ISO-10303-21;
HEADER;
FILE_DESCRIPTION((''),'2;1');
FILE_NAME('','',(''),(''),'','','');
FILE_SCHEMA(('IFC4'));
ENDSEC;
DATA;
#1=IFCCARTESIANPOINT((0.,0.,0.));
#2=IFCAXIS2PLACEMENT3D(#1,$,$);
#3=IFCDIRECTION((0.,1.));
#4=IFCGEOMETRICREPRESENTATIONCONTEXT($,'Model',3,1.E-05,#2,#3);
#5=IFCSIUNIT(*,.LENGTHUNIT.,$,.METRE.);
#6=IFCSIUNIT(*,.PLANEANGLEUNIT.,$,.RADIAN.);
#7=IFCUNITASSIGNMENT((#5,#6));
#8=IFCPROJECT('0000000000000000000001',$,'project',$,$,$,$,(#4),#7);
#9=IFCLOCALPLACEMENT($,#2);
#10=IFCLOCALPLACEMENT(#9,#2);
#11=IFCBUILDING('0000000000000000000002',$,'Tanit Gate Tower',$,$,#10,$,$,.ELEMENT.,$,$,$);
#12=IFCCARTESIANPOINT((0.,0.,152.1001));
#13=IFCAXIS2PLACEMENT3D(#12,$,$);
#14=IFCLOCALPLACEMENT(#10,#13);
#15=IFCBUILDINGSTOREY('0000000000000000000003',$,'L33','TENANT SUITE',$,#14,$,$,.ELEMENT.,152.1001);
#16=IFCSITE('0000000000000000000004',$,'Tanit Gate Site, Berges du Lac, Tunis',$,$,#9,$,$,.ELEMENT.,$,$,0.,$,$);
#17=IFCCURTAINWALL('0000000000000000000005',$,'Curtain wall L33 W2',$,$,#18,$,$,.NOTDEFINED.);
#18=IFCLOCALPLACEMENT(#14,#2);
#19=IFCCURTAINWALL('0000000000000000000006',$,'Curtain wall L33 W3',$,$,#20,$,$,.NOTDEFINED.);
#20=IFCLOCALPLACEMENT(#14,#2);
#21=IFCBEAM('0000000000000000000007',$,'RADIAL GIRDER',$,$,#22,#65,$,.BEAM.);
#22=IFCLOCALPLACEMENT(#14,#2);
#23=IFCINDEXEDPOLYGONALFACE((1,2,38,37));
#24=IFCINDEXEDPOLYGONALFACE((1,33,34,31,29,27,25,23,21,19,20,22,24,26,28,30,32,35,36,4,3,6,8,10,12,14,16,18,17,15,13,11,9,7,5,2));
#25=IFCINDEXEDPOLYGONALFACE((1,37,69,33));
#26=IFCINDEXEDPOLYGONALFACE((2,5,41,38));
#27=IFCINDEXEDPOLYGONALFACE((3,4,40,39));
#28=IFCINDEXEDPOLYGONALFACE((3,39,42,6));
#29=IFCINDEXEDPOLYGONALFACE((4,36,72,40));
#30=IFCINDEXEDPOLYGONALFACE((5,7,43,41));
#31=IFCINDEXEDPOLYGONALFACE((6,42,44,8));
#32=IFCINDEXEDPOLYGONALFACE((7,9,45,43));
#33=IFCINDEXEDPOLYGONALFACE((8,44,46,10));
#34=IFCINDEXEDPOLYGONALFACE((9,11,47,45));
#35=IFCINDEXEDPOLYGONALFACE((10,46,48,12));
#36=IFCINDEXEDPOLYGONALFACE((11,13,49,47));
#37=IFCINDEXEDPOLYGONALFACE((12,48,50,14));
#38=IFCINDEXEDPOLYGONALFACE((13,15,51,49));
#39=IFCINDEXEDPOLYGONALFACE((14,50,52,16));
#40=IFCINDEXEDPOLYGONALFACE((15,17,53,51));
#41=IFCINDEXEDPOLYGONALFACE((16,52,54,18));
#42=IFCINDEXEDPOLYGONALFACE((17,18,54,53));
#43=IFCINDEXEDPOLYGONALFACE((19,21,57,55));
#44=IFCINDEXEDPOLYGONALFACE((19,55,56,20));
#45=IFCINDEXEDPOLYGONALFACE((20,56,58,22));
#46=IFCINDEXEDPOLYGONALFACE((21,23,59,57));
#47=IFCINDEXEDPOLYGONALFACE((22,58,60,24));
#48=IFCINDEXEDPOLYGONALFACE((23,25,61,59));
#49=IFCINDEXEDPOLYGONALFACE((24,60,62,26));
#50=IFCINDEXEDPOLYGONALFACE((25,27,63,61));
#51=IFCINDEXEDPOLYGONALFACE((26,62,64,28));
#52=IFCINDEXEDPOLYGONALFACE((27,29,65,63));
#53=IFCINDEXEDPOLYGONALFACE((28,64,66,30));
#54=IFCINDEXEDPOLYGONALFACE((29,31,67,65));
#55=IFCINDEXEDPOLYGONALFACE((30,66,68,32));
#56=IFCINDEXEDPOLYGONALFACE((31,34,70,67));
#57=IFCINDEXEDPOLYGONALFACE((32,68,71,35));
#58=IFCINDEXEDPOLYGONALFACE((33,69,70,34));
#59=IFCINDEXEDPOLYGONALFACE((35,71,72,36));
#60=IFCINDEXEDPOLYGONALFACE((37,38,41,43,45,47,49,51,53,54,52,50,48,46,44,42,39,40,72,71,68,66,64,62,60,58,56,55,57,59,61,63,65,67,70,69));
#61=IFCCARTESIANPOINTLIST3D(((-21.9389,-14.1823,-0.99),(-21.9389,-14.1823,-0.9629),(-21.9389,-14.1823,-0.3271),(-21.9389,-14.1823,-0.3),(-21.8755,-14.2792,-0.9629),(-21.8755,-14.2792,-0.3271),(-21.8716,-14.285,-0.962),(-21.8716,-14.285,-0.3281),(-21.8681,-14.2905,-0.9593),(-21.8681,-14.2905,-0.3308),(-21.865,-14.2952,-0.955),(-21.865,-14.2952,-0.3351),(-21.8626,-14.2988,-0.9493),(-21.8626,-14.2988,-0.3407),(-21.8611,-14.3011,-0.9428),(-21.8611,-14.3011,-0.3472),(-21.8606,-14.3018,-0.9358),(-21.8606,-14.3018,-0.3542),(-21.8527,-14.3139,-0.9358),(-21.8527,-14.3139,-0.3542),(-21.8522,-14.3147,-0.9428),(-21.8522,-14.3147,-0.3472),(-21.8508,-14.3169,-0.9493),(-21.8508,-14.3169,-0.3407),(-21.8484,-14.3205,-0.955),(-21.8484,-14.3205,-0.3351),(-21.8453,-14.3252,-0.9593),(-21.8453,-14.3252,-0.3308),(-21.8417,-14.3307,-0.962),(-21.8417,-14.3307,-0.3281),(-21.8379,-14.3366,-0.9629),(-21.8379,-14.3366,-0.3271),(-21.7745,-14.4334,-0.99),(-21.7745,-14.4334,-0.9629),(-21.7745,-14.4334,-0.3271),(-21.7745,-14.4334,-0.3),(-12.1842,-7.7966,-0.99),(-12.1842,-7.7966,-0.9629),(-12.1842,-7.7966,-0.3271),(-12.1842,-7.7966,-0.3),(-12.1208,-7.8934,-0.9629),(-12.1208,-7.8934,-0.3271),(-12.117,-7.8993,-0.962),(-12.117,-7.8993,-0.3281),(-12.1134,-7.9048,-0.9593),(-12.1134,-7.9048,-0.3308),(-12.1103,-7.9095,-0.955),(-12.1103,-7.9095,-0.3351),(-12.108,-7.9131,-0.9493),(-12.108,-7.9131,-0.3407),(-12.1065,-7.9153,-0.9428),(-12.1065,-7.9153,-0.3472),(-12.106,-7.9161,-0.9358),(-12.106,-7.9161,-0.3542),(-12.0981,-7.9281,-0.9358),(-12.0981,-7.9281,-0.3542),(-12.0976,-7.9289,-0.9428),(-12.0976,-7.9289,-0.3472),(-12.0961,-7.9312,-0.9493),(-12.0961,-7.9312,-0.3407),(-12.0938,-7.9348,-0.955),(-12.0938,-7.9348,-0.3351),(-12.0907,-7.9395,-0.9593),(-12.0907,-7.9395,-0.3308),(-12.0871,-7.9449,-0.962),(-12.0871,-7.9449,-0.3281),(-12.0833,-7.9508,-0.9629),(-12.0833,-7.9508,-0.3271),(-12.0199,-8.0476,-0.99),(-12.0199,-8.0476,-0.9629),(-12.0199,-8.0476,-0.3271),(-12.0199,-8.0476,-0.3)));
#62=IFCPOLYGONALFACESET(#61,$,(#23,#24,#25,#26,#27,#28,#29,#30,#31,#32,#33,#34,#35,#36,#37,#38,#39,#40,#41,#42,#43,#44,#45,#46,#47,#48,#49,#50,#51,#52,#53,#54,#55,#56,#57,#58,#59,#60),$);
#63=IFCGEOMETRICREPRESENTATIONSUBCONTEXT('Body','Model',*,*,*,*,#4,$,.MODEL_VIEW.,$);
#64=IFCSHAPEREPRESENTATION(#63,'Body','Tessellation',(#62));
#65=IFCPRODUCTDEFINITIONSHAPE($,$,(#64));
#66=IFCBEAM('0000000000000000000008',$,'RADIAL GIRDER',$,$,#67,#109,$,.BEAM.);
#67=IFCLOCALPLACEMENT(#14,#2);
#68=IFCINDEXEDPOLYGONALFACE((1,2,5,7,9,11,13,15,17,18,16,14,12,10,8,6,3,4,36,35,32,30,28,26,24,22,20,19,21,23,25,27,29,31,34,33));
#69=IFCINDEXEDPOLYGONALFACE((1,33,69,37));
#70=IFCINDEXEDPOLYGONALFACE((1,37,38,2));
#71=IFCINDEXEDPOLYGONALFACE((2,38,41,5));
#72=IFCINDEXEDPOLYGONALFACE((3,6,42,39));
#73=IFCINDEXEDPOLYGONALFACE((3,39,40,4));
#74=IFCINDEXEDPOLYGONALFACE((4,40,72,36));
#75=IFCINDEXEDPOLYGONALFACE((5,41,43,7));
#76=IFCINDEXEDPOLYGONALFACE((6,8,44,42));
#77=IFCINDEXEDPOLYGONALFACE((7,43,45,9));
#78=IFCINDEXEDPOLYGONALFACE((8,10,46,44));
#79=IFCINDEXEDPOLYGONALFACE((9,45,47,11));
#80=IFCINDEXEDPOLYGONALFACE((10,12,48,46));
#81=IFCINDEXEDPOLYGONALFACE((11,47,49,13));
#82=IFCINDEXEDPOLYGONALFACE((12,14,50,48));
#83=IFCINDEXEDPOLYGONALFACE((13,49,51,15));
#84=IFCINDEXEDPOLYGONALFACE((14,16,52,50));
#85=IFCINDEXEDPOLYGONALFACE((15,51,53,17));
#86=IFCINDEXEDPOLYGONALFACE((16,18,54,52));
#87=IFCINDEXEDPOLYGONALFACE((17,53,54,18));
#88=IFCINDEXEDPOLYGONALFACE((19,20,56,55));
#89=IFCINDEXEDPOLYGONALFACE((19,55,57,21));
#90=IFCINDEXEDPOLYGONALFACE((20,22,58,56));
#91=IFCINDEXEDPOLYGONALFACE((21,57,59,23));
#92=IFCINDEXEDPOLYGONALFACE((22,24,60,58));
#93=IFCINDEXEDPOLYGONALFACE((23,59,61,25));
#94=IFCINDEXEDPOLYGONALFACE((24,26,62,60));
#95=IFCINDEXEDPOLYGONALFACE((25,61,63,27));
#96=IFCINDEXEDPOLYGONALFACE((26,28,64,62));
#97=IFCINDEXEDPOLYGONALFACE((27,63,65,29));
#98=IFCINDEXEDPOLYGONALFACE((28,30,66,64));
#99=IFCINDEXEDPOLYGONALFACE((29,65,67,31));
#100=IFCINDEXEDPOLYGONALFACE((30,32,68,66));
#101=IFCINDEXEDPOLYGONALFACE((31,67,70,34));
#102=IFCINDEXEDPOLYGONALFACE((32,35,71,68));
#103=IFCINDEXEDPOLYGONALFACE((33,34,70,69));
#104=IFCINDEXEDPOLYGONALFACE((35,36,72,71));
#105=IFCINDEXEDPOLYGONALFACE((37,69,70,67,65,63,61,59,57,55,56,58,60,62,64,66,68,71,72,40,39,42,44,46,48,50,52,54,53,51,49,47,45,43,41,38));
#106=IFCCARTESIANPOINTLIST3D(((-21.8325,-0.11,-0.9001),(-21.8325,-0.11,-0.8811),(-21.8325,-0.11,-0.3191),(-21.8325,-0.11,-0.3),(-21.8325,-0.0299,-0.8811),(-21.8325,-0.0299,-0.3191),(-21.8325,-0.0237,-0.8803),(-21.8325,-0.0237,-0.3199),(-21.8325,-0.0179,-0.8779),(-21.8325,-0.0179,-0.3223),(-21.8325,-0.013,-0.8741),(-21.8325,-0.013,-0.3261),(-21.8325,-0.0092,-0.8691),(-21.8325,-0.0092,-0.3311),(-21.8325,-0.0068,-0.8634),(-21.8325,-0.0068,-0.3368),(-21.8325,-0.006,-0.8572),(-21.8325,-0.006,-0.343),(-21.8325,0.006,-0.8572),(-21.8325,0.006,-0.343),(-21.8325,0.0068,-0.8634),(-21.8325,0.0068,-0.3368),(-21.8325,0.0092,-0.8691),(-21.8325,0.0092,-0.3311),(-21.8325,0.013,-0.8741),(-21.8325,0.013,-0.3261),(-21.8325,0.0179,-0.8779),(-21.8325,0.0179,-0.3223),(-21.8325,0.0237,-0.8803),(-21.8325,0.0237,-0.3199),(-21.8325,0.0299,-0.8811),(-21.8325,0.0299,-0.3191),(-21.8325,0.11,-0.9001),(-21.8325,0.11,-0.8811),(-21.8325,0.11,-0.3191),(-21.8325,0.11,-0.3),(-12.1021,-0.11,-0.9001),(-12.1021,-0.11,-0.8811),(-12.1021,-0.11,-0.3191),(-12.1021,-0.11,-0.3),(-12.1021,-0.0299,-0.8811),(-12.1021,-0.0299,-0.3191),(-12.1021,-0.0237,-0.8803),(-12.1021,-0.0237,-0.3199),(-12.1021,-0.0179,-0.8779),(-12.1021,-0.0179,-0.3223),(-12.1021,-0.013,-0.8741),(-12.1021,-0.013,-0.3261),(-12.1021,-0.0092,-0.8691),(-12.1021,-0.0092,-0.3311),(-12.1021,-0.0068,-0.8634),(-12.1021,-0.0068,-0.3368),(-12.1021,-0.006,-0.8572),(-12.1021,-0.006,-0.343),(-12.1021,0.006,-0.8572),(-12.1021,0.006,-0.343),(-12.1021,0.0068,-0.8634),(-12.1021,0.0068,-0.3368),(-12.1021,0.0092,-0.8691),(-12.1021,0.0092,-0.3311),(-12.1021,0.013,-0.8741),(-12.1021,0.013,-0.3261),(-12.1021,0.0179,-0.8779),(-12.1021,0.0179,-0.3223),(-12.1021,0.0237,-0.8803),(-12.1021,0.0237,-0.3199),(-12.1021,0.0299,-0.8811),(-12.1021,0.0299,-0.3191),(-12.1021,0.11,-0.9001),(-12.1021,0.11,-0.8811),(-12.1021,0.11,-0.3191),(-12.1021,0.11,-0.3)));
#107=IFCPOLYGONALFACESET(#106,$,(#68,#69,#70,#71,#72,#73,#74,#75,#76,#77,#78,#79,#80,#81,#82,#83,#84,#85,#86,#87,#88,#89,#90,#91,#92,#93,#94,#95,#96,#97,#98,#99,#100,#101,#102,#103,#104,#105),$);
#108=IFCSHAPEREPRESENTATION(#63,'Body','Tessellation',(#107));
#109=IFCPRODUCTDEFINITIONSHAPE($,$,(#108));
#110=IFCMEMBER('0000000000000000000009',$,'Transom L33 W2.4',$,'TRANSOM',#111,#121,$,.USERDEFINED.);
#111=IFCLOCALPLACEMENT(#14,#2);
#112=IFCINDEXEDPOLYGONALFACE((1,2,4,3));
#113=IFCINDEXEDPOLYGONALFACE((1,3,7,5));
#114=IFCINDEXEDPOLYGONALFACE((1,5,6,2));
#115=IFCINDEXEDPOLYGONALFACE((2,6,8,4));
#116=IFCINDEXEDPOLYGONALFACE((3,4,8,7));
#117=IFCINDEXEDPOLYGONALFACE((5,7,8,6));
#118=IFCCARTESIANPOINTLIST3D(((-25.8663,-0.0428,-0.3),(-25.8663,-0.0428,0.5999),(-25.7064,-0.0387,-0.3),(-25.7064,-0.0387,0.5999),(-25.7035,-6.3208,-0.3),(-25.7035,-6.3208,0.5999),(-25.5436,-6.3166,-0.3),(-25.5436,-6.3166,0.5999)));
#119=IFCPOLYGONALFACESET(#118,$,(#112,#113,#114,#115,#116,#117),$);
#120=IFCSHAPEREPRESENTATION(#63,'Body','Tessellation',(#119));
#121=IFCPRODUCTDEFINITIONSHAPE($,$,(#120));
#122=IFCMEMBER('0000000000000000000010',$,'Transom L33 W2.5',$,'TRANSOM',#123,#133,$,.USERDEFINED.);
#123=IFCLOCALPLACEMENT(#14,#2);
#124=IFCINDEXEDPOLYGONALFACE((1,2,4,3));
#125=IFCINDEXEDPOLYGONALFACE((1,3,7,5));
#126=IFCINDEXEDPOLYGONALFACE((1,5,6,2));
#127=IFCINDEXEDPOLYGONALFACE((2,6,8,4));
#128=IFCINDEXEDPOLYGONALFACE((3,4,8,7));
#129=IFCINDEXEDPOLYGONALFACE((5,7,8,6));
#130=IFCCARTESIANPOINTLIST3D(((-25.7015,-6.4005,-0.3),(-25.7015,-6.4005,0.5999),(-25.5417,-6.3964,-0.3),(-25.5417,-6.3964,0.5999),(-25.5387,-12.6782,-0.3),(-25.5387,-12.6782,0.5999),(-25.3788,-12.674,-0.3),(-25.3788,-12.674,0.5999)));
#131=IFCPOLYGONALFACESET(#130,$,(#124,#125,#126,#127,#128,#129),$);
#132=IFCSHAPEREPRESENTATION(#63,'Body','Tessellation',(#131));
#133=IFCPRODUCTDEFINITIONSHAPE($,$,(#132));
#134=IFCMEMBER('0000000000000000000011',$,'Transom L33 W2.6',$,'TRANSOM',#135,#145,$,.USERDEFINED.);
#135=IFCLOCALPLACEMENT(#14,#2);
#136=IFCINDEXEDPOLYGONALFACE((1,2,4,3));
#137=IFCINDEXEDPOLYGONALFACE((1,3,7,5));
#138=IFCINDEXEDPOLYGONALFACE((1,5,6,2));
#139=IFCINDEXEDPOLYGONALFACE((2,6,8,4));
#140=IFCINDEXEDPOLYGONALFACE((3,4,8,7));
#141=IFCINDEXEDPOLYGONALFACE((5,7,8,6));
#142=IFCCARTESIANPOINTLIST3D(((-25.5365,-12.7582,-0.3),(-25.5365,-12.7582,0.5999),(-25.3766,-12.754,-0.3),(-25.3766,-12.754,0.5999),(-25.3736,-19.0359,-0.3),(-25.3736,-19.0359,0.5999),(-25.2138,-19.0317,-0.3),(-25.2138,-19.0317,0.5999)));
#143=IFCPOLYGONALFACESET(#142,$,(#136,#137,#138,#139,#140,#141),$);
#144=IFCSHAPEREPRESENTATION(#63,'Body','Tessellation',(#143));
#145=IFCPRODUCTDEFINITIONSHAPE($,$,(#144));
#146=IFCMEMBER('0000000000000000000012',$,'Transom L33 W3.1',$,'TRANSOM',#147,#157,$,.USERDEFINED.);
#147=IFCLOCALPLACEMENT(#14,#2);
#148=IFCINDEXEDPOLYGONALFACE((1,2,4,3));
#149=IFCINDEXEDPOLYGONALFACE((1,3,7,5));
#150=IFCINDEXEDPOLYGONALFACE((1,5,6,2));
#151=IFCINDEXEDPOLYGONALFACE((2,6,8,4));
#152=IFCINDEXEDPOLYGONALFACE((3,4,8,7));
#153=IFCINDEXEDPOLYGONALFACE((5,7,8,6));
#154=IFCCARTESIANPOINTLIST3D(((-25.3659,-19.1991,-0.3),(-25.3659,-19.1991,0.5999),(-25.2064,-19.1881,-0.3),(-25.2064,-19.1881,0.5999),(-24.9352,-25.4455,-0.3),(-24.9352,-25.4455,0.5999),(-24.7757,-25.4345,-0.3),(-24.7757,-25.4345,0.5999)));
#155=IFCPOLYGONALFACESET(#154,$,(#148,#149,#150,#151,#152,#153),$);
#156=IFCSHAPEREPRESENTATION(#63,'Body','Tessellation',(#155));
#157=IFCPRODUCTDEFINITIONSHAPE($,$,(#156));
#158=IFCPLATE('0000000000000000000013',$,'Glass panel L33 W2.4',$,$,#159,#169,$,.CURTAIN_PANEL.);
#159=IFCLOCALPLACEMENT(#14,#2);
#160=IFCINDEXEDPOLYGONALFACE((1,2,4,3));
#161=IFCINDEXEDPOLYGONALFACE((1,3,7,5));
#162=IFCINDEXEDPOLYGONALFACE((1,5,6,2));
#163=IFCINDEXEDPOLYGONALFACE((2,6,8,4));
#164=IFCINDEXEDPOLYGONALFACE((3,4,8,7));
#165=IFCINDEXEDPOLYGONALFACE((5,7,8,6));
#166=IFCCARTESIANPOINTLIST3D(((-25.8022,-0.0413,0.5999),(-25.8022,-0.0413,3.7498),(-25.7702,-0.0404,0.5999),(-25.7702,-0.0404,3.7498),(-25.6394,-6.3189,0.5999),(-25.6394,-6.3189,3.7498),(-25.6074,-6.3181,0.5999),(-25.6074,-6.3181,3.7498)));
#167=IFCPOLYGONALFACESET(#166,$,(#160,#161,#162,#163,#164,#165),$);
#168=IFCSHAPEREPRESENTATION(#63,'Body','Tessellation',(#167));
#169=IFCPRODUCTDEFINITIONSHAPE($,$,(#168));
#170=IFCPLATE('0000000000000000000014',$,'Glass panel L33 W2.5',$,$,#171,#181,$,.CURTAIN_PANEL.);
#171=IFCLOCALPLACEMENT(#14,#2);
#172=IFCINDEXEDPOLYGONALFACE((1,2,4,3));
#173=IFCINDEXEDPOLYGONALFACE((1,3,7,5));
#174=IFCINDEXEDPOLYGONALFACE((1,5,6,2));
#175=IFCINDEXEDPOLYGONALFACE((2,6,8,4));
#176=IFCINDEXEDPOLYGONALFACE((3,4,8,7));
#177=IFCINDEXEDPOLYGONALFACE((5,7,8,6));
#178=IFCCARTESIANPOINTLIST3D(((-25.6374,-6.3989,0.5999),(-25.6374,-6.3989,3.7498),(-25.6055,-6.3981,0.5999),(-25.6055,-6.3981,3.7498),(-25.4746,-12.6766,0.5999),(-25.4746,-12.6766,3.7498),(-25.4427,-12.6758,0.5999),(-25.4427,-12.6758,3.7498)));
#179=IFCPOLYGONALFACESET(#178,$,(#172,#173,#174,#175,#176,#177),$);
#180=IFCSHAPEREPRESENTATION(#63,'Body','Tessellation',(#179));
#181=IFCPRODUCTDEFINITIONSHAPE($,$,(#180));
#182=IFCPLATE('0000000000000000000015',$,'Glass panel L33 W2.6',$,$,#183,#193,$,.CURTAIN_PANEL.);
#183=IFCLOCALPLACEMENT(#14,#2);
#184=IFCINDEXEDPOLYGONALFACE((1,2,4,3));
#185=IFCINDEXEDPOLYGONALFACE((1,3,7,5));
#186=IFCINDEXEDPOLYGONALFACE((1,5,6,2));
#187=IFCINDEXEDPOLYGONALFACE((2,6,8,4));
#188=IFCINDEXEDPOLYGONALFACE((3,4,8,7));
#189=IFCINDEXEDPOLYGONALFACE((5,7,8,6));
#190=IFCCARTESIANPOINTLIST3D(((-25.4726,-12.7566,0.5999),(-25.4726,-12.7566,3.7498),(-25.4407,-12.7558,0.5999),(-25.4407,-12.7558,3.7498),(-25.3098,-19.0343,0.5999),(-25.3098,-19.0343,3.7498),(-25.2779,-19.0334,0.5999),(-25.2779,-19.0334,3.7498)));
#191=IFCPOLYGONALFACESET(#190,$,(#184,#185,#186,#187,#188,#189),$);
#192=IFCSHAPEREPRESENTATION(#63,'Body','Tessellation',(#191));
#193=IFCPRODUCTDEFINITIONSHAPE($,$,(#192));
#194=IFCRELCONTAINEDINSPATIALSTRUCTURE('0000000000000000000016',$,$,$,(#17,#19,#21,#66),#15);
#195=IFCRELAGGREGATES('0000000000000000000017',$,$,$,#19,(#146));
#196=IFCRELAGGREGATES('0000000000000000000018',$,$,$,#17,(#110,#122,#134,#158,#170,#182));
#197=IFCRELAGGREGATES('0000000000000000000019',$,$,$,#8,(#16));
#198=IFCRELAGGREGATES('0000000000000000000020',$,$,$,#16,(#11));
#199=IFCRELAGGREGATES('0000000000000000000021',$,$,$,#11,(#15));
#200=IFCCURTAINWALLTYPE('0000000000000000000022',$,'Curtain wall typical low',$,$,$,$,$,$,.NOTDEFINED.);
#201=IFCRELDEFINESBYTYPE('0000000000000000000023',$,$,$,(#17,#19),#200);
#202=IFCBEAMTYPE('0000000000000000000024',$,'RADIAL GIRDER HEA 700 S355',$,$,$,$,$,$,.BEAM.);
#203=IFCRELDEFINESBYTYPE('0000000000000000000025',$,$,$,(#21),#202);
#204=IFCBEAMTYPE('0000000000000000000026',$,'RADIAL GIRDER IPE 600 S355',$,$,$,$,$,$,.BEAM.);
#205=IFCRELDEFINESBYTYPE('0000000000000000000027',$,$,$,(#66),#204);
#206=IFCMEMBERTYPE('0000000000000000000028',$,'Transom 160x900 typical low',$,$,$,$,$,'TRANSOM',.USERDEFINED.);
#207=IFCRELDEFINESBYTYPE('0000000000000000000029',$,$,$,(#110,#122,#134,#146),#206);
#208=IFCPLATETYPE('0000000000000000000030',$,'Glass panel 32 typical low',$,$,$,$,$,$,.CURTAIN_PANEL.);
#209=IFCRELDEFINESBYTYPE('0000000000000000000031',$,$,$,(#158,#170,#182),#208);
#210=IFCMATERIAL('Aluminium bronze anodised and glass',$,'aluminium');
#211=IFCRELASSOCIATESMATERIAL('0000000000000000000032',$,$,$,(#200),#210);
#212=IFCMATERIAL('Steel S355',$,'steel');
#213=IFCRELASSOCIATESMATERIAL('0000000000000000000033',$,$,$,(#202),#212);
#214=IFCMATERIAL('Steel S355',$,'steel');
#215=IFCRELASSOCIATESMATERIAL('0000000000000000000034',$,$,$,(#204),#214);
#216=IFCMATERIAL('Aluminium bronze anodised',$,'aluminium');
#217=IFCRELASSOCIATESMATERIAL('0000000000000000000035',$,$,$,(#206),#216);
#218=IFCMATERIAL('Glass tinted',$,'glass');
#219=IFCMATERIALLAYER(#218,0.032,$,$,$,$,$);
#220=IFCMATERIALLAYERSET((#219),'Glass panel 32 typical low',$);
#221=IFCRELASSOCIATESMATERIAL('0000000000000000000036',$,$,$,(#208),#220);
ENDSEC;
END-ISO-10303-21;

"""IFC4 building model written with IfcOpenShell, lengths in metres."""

from ifc_helpers import new_model, si_unit, direction, frame, origin, origin_2d, place, context, subcontext, project, spatial, rectangle, i_section, extrude, material, layer, layer_set, material_profile, profile_set, type_object, element, aggregate, save


model = new_model("IFC4")

# Units and contexts
model_context = context("Model", 3, precision=1e-05, world=origin(), true_north=direction((0.0, 1.0)))
body_context = subcontext(model_context, "Body", "Model", "MODEL_VIEW")
ifc_project = project(units=[si_unit("LENGTHUNIT", "METRE"), si_unit("PLANEANGLEUNIT", "RADIAN")], contexts=[model_context])

# Site, building, storey
site_placement = place(None, origin())
site = spatial("IfcSite", under=ifc_project, at=site_placement, Name="Tanit Gate Site, Berges du Lac, Tunis", CompositionType="ELEMENT", RefElevation=0.0)
building_placement = place(site_placement, origin())
building = spatial("IfcBuilding", under=site, at=building_placement, Name="Tanit Gate Tower", CompositionType="ELEMENT")
storey_placement = place(building_placement, frame((0.0, 0.0, 152.1001)))
storey = spatial("IfcBuildingStorey", under=building, at=storey_placement, Name="L33", Description="TENANT SUITE", CompositionType="ELEMENT", Elevation=152.1001)

# Curtain wall
ifc_material_1 = material(Name="Aluminium bronze anodised and glass", Category="aluminium")
curtain_wall_type = type_object("IfcCurtainWallType", Name="Curtain wall typical low", PredefinedType="NOTDEFINED", material=ifc_material_1)
curtain_wall_1_placement = place(storey_placement, origin())
curtain_wall_1 = element("IfcCurtainWall", 1, at=curtain_wall_1_placement, inside=storey, type_object=curtain_wall_type, Name="Curtain wall L33 W2", PredefinedType="NOTDEFINED")

# Curtain wall
curtain_wall_2_placement = place(storey_placement, origin())
curtain_wall_2 = element("IfcCurtainWall", 2, at=curtain_wall_2_placement, inside=storey, type_object=curtain_wall_type, Name="Curtain wall L33 W3", PredefinedType="NOTDEFINED")

# Beams
ifc_material_2 = material(Name="Steel S355", Category="steel")
ifc_material_profile_1 = material_profile(ifc_material_2, i_section(OverallWidth=0.3, OverallDepth=0.6899, WebThickness=0.0144, FlangeThickness=0.0271, FilletRadius=0.0271, at=origin_2d()), Name="HEA 700")
ifc_profile_set_1 = profile_set([ifc_material_profile_1], Name="Steel S355")
beam_type_1 = type_object("IfcBeamType", Name="RADIAL GIRDER HEA 700 S355", PredefinedType="BEAM", material=ifc_profile_set_1)
beam_1_placement = place(storey_placement, frame((-21.8567, -14.3079, -0.645), z_axis=(0.836667, 0.547712, 0.0), x_axis=(-0.547712, 0.836667, 0.0)))
element("IfcBeam", 3, at=beam_1_placement, inside=storey, type_object=beam_type_1, Name="RADIAL GIRDER", PredefinedType="BEAM", context=body_context, shape_type="SweptSolid", body=[
    extrude(i_section(OverallWidth=0.3, OverallDepth=0.6899, WebThickness=0.0144, FlangeThickness=0.0271, FilletRadius=0.0271, at=origin_2d()), origin(), (0.0, 0.0, 1.0), 11.6589),
])
ifc_material_3 = material(Name="Steel S355", Category="steel")
ifc_material_profile_2 = material_profile(ifc_material_3, i_section(OverallWidth=0.22, OverallDepth=0.6001, WebThickness=0.012, FlangeThickness=0.019, FilletRadius=0.0239, at=origin_2d()), Name="IPE 600")
ifc_profile_set_2 = profile_set([ifc_material_profile_2], Name="Steel S355")
beam_type_2 = type_object("IfcBeamType", Name="RADIAL GIRDER IPE 600 S355", PredefinedType="BEAM", material=ifc_profile_set_2)
beam_2_placement = place(storey_placement, frame((-21.8325, 0.0, -0.6001), z_axis=(1.0, 0.0, 0.0), x_axis=(0.0, 1.0, 0.0)))
element("IfcBeam", 4, at=beam_2_placement, inside=storey, type_object=beam_type_2, Name="RADIAL GIRDER", PredefinedType="BEAM", context=body_context, shape_type="SweptSolid", body=[
    extrude(i_section(OverallWidth=0.22, OverallDepth=0.6001, WebThickness=0.012, FlangeThickness=0.019, FilletRadius=0.0239, at=origin_2d()), origin(), (0.0, 0.0, 1.0), 9.7305),
])

# Members
ifc_material_4 = material(Name="Aluminium bronze anodised", Category="aluminium")
ifc_material_profile_3 = material_profile(ifc_material_4, rectangle(XDim=0.1599, YDim=0.8999, at=origin_2d()), Name="160x900 bronze transom")
ifc_profile_set_3 = profile_set([ifc_material_profile_3], Name="Aluminium bronze anodised")
member_type_1 = type_object("IfcMemberType", Name="Transom 160x900 typical low", ElementType="TRANSOM", PredefinedType="USERDEFINED", material=ifc_profile_set_3)
member_1_placement = place(storey_placement, frame((-25.7864, -0.0408, 0.1499), z_axis=(0.02593, -0.999664, 0.0), x_axis=(0.999664, 0.02593, 0.0)))
member_1 = element("IfcMember", 5, at=member_1_placement, type_object=member_type_1, Name="Transom L33 W2.4", ObjectType="TRANSOM", PredefinedType="USERDEFINED", context=body_context, shape_type="SweptSolid", body=[
    extrude(rectangle(XDim=0.1599, YDim=0.8999, at=origin_2d()), origin(), (0.0, 0.0, 1.0), 6.28),
])
member_2_placement = place(storey_placement, frame((-25.6216, -6.3984, 0.1499), z_axis=(0.025931, -0.999664, 0.0), x_axis=(0.999664, 0.025931, 0.0)))
member_2 = element("IfcMember", 6, at=member_2_placement, type_object=member_type_1, Name="Transom L33 W2.5", ObjectType="TRANSOM", PredefinedType="USERDEFINED", context=body_context, shape_type="SweptSolid", body=[
    extrude(rectangle(XDim=0.1599, YDim=0.8999, at=origin_2d()), origin(), (0.0, 0.0, 1.0), 6.2798),
])
member_3_placement = place(storey_placement, frame((-25.4565, -12.7561, 0.1499), z_axis=(0.025931, -0.999664, 0.0), x_axis=(0.999664, 0.025931, 0.0)))
member_3 = element("IfcMember", 7, at=member_3_placement, type_object=member_type_1, Name="Transom L33 W2.6", ObjectType="TRANSOM", PredefinedType="USERDEFINED", context=body_context, shape_type="SweptSolid", body=[
    extrude(rectangle(XDim=0.1599, YDim=0.8999, at=origin_2d()), origin(), (0.0, 0.0, 1.0), 6.2798),
])
member_4_placement = place(storey_placement, frame((-25.2861, -19.1936, 0.1499), z_axis=(0.068783, -0.997632, 0.0), x_axis=(0.997632, 0.068783, 0.0)))
member_4 = element("IfcMember", 8, at=member_4_placement, type_object=member_type_1, Name="Transom L33 W3.1", ObjectType="TRANSOM", PredefinedType="USERDEFINED", context=body_context, shape_type="SweptSolid", body=[
    extrude(rectangle(XDim=0.1599, YDim=0.8999, at=origin_2d()), origin(), (0.0, 0.0, 1.0), 6.2612),
])
aggregate(curtain_wall_2, [member_4])

# Plates
ifc_material_5 = material(Name="Glass tinted", Category="glass")
ifc_layer_1 = layer(ifc_material_5, 0.032)
ifc_layer_set_1 = layer_set([ifc_layer_1], Name="Glass panel 32 typical low")
plate_type = type_object("IfcPlateType", Name="Glass panel 32 typical low", PredefinedType="CURTAIN_PANEL", material=ifc_layer_set_1)
plate_1_placement = place(storey_placement, frame((-25.7048, -3.1797, 0.5999), z_axis=(0.0, 0.0, 1.0), x_axis=(0.025924, -0.999664, 0.0)))
plate_1 = element("IfcPlate", 9, at=plate_1_placement, type_object=plate_type, Name="Glass panel L33 W2.4", PredefinedType="CURTAIN_PANEL", context=body_context, shape_type="SweptSolid", body=[
    extrude(rectangle(XDim=6.2798, YDim=0.032, at=origin_2d()), origin(), (0.0, 0.0, 1.0), 3.1499),
])
plate_2_placement = place(storey_placement, frame((-25.54, -9.5374, 0.5999), z_axis=(0.0, 0.0, 1.0), x_axis=(0.025924, -0.999664, 0.0)))
plate_2 = element("IfcPlate", 10, at=plate_2_placement, type_object=plate_type, Name="Glass panel L33 W2.5", PredefinedType="CURTAIN_PANEL", context=body_context, shape_type="SweptSolid", body=[
    extrude(rectangle(XDim=6.2798, YDim=0.032, at=origin_2d()), origin(), (0.0, 0.0, 1.0), 3.1499),
])
plate_3_placement = place(storey_placement, frame((-25.3752, -15.895, 0.5999), z_axis=(0.0, 0.0, 1.0), x_axis=(0.025924, -0.999664, 0.0)))
plate_3 = element("IfcPlate", 11, at=plate_3_placement, type_object=plate_type, Name="Glass panel L33 W2.6", PredefinedType="CURTAIN_PANEL", context=body_context, shape_type="SweptSolid", body=[
    extrude(rectangle(XDim=6.2798, YDim=0.032, at=origin_2d()), origin(), (0.0, 0.0, 1.0), 3.1499),
])
aggregate(curtain_wall_1, [member_1, member_2, member_3, plate_1, plate_2, plate_3])

save(model, "model.ifc")
